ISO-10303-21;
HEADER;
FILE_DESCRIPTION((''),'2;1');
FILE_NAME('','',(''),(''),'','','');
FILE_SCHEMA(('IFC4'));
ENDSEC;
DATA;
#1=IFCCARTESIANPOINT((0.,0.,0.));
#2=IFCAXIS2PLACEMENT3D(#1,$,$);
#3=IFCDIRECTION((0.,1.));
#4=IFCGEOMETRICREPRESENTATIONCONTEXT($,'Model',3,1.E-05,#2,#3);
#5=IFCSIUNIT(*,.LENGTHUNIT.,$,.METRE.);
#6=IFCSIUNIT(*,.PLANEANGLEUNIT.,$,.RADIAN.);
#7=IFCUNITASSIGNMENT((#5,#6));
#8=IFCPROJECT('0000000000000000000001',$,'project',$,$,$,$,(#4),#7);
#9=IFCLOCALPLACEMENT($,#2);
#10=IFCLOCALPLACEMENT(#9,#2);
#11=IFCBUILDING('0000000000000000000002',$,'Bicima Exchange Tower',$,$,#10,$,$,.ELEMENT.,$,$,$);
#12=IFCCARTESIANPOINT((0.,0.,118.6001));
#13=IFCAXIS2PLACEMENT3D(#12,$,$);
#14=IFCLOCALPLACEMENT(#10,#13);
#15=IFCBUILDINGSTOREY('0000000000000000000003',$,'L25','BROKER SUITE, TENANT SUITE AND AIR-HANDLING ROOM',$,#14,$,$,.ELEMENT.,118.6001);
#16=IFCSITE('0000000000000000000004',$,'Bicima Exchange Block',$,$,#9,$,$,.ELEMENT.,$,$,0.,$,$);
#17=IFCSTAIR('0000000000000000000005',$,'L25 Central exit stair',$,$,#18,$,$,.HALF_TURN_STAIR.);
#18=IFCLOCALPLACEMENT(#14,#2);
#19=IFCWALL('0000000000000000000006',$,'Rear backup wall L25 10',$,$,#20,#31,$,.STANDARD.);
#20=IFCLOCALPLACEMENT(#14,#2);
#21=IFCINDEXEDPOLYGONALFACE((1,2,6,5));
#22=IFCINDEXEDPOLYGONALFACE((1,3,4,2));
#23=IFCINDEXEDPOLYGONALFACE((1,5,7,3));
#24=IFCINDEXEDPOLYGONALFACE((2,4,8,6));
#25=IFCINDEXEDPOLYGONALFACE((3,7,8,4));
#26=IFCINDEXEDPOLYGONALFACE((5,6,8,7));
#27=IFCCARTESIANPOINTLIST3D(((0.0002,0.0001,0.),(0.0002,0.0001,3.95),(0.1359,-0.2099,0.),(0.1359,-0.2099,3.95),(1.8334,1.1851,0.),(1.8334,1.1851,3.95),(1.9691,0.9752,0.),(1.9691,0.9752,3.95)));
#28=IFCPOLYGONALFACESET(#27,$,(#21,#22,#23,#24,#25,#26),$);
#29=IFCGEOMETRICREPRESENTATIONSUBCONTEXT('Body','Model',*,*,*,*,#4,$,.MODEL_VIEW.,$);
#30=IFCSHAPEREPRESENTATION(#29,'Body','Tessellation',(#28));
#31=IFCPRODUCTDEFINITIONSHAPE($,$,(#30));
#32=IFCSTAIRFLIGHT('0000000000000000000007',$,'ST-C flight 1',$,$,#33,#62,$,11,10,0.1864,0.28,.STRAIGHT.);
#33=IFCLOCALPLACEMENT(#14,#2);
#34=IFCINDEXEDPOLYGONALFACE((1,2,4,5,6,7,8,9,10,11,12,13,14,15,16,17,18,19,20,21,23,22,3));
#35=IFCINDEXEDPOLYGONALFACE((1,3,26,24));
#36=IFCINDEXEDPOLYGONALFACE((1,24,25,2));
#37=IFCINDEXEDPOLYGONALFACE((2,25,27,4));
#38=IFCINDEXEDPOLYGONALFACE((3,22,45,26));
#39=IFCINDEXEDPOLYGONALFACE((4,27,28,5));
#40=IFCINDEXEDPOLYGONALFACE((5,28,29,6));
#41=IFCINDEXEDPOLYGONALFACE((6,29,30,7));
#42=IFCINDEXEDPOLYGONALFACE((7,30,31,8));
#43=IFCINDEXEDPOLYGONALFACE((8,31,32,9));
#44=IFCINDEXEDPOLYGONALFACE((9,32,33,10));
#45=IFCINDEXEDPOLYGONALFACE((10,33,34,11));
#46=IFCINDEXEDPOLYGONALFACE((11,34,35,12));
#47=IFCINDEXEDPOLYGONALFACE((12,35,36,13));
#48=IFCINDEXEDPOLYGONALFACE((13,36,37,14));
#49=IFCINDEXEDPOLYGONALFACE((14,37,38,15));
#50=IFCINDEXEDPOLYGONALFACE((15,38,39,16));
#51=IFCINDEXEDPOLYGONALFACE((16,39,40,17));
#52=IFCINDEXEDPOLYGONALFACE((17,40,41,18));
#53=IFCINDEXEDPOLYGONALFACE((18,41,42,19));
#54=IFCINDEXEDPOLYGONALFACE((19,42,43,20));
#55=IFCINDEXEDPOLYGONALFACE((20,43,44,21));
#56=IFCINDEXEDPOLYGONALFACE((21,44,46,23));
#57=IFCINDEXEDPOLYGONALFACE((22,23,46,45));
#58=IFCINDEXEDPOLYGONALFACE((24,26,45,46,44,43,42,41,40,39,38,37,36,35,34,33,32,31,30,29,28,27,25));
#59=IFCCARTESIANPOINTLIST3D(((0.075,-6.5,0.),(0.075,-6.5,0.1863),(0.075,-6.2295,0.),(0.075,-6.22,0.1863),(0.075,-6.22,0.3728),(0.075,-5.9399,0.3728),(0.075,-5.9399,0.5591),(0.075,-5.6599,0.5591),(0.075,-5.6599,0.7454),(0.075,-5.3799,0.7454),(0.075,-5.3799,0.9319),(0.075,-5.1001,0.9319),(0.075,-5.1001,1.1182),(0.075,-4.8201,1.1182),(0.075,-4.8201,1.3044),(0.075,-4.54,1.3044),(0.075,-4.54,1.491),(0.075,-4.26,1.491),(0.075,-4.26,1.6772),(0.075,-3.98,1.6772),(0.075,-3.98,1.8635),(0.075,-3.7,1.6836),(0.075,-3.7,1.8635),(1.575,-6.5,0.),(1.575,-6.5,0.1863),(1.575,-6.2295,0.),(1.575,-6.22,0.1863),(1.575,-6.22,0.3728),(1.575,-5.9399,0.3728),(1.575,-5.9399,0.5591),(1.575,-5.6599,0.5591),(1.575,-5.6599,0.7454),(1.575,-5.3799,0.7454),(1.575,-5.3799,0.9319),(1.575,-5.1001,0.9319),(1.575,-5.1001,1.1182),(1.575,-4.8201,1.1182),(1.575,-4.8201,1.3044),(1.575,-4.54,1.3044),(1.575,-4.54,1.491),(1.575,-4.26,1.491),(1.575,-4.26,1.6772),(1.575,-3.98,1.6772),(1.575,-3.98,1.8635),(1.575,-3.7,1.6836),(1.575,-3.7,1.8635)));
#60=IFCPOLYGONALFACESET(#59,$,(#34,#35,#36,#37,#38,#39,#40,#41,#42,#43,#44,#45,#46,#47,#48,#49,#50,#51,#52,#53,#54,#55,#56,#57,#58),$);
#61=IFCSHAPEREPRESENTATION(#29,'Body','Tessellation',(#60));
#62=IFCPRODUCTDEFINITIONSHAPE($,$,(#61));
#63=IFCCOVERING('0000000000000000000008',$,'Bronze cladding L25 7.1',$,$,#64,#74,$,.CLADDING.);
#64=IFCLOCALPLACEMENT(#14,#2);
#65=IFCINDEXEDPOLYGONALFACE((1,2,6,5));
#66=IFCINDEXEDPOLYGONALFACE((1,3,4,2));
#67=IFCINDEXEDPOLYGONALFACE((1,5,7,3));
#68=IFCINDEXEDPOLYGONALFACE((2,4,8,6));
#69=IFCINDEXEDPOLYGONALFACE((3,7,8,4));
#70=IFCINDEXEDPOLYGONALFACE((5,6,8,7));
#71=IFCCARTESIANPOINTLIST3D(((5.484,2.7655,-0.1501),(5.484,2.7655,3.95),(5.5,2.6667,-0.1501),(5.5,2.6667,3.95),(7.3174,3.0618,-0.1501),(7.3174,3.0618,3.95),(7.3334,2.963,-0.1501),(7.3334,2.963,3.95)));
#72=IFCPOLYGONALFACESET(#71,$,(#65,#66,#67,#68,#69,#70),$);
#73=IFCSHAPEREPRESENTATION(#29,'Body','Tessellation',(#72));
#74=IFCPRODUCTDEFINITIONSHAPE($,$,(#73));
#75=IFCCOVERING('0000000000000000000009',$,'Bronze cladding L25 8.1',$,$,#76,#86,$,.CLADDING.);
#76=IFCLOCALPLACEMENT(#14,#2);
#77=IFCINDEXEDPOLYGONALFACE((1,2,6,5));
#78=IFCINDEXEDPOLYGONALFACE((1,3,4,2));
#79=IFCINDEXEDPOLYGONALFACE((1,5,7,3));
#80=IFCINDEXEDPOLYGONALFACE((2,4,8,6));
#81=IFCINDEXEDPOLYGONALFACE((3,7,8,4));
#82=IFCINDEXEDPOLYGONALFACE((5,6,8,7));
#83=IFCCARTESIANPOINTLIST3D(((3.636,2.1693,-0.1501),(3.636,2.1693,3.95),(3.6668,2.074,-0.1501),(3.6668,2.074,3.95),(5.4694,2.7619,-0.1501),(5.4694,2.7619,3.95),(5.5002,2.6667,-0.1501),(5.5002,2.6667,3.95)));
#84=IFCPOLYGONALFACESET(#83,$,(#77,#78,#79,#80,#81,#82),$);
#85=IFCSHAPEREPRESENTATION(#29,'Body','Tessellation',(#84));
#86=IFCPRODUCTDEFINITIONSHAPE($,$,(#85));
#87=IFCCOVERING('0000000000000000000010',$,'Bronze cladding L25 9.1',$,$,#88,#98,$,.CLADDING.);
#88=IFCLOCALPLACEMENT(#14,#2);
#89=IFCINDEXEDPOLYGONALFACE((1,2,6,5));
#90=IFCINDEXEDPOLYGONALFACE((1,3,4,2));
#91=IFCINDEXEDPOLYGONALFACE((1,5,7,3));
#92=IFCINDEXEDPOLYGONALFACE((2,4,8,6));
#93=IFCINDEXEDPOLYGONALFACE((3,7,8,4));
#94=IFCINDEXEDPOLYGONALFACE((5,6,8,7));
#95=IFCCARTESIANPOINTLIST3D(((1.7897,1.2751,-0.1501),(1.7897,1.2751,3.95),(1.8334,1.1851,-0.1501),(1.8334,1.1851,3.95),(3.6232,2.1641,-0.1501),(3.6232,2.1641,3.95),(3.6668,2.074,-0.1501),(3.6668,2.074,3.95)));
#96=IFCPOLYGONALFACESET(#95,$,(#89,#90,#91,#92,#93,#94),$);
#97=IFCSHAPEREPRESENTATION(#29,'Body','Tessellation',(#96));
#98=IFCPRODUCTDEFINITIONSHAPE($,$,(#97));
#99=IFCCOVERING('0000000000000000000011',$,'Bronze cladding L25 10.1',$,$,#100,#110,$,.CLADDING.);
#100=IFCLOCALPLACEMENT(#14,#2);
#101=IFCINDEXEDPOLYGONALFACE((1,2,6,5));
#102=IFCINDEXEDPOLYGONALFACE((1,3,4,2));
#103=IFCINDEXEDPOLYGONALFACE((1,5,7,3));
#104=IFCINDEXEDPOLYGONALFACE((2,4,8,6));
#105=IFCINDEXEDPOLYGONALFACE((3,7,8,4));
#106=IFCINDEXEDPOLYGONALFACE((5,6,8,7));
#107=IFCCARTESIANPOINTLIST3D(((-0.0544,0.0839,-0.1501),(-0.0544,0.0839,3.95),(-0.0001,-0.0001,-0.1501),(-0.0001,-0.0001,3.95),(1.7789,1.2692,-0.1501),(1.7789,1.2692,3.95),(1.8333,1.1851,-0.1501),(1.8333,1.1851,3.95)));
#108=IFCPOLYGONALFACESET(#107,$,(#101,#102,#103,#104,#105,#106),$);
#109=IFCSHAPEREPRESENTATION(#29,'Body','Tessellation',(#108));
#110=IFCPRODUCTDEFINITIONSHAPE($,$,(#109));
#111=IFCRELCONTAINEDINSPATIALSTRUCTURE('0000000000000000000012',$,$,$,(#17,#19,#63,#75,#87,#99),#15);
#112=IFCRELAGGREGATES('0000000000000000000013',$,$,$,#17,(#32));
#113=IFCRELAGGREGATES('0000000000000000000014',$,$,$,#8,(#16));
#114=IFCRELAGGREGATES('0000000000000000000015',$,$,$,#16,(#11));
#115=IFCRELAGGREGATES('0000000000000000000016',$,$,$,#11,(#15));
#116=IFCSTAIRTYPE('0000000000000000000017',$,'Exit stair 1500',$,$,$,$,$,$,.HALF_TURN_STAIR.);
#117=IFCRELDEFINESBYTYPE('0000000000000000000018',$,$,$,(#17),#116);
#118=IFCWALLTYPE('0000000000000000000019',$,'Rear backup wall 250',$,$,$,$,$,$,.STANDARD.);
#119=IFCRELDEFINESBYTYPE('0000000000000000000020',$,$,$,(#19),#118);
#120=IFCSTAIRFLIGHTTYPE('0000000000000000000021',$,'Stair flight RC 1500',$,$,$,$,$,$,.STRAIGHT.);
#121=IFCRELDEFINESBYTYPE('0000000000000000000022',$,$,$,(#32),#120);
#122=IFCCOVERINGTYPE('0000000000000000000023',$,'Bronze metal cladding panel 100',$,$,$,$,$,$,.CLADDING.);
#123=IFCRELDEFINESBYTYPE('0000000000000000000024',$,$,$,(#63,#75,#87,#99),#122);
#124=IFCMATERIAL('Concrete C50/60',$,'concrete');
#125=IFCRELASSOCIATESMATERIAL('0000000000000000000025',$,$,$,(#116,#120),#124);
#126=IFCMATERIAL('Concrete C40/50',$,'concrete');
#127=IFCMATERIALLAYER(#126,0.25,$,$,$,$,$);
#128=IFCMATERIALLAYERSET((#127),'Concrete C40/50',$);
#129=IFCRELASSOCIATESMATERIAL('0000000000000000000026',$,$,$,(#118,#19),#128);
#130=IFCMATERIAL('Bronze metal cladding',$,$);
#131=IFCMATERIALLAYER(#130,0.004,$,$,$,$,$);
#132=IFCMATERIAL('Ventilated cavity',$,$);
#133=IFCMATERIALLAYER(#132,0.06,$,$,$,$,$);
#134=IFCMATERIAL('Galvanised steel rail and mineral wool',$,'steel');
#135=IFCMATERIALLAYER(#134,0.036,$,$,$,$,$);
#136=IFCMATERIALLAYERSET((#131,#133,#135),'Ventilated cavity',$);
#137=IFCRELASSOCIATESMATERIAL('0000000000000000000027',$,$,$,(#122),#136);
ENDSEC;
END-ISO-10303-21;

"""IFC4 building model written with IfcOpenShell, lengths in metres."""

from ifc_helpers import new_model, si_unit, direction, frame, frame_2d, origin, origin_2d, place, context, subcontext, project, spatial, polyline, rectangle, outline, extrude, material, layer, layer_set, layer_usage, type_object, element, aggregate, save


model = new_model("IFC4")

# Units and contexts
model_context = context("Model", 3, precision=1e-05, world=origin(), true_north=direction((0.0, 1.0)))
body_context = subcontext(model_context, "Body", "Model", "MODEL_VIEW")
ifc_project = project(units=[si_unit("LENGTHUNIT", "METRE"), si_unit("PLANEANGLEUNIT", "RADIAN")], contexts=[model_context])

# Site, building, storey
site_placement = place(None, origin())
site = spatial("IfcSite", under=ifc_project, at=site_placement, Name="Bicima Exchange Block", CompositionType="ELEMENT", RefElevation=0.0)
building_placement = place(site_placement, origin())
building = spatial("IfcBuilding", under=site, at=building_placement, Name="Bicima Exchange Tower", CompositionType="ELEMENT")
storey_placement = place(building_placement, frame((0.0, 0.0, 118.6001)))
storey = spatial("IfcBuildingStorey", under=building, at=storey_placement, Name="L25", Description="BROKER SUITE, TENANT SUITE AND AIR-HANDLING ROOM", CompositionType="ELEMENT", Elevation=118.6001)

# Shared definitions
ifc_material_1 = material(Name="Concrete C40/50", Category="concrete")

# Stair
ifc_material_2 = material(Name="Concrete C50/60", Category="concrete")
stair_type_1 = type_object("IfcStairType", Name="Exit stair 1500", PredefinedType="HALF_TURN_STAIR", material=ifc_material_2)
stair_1_placement = place(storey_placement, origin())
stair_1 = element("IfcStair", 1, at=stair_1_placement, inside=storey, type_object=stair_type_1, Name="L25 Central exit stair", PredefinedType="HALF_TURN_STAIR")

# Wall
ifc_layer_1 = layer(ifc_material_1, 0.25)
ifc_layer_set_1 = layer_set([ifc_layer_1], Name="Concrete C40/50")
ifc_layer_usage = layer_usage(ifc_layer_set_1, "AXIS2", "POSITIVE", -0.125)
wall_type_1 = type_object("IfcWallType", Name="Rear backup wall 250", PredefinedType="STANDARD", material=ifc_layer_set_1)
wall_1_placement = place(storey_placement, frame((1.9011, 1.0801, 0.0), z_axis=(0.0, 0.0, 1.0), x_axis=(-0.839813, -0.542876, 0.0)))
element("IfcWall", 2, at=wall_1_placement, inside=storey, type_object=wall_type_1, material=ifc_layer_usage, Name="Rear backup wall L25 10", PredefinedType="STANDARD", context=body_context, shape_type="SweptSolid", body=[
    extrude(rectangle(XDim=2.1829, YDim=0.25, at=frame_2d((1.0913, 0.0))), origin(), (0.0, 0.0, 1.0), 3.95),
])

# Stair flight
stair_flight_type = type_object("IfcStairFlightType", Name="Stair flight RC 1500", PredefinedType="STRAIGHT", material=ifc_material_2)
stair_flight_placement = place(storey_placement, frame((0.825, -6.5, 0.0), z_axis=(0.0, 0.0, 1.0), x_axis=(0.0, 1.0, 0.0)))
stair_flight = element("IfcStairFlight", 3, at=stair_flight_placement, type_object=stair_flight_type, Name="ST-C flight 1", NumberOfRisers=11, NumberOfTreads=10, PredefinedType="STRAIGHT", RiserHeight=0.1864, TreadLength=0.28, context=body_context, shape_type="SweptSolid", body=[
    extrude(outline(polyline([(0.0, 0.0), (0.0, 0.1863), (0.28, 0.1863), (0.28, 0.3728), (0.5601, 0.3728), (0.5601, 0.5591), (0.8401, 0.5591), (0.8401, 0.7454), (1.1201, 0.7454), (1.1201, 0.9319), (1.3999, 0.9319), (1.3999, 1.1182), (1.6799, 1.1182), (1.6799, 1.3044), (1.96, 1.3044), (1.96, 1.491), (2.24, 1.491), (2.24, 1.6772), (2.52, 1.6772), (2.52, 1.8635), (2.8, 1.8635), (2.8, 2.05), (2.8, 1.6836), (0.2705, 0.0), (0.0, 0.0)])), frame((0.0, 0.75, 0.0), z_axis=(0.0, -1.0, 0.0), x_axis=(1.0, 0.0, 0.0)), (0.0, 0.0, 1.0), 1.5),
])
aggregate(stair_1, [stair_flight])

# Coverings
ifc_material_3 = material(Name="Bronze metal cladding")
ifc_layer_2 = layer(ifc_material_3, 0.004)
ifc_material_4 = material(Name="Ventilated cavity")
ifc_layer_3 = layer(ifc_material_4, 0.06)
ifc_material_5 = material(Name="Galvanised steel rail and mineral wool", Category="steel")
ifc_layer_4 = layer(ifc_material_5, 0.036)
ifc_layer_set_2 = layer_set([ifc_layer_2, ifc_layer_3, ifc_layer_4], Name="Ventilated cavity")
covering_type = type_object("IfcCoveringType", Name="Bronze metal cladding panel 100", PredefinedType="CLADDING", material=ifc_layer_set_2)
covering_1_placement = place(storey_placement, frame((6.4087, 2.8643, -0.1501), z_axis=(0.0, 0.0, 1.0), x_axis=(-0.98719, -0.15955, 0.0)))
element("IfcCovering", 4, at=covering_1_placement, inside=storey, type_object=covering_type, Name="Bronze cladding L25 7.1", PredefinedType="CLADDING", context=body_context, shape_type="SweptSolid", body=[
    extrude(rectangle(XDim=1.8572, YDim=0.1001, at=origin_2d()), origin(), (0.0, 0.0, 1.0), 4.1001),
])
covering_2_placement = place(storey_placement, frame((4.5681, 2.418, -0.1501), z_axis=(0.0, 0.0, 1.0), x_axis=(-0.951525, -0.307573, 0.0)))
element("IfcCovering", 5, at=covering_2_placement, inside=storey, type_object=covering_type, Name="Bronze cladding L25 8.1", PredefinedType="CLADDING", context=body_context, shape_type="SweptSolid", body=[
    extrude(rectangle(XDim=1.9268, YDim=0.1001, at=origin_2d()), origin(), (0.0, 0.0, 1.0), 4.1001),
])
covering_3_placement = place(storey_placement, frame((2.7283, 1.6746, -0.1501), z_axis=(0.0, 0.0, 1.0), x_axis=(-0.899818, -0.436265, 0.0)))
element("IfcCovering", 6, at=covering_3_placement, inside=storey, type_object=covering_type, Name="Bronze cladding L25 9.1", PredefinedType="CLADDING", context=body_context, shape_type="SweptSolid", body=[
    extrude(rectangle(XDim=2.0376, YDim=0.1001, at=origin_2d()), origin(), (0.0, 0.0, 1.0), 4.1001),
])
covering_4_placement = place(storey_placement, frame((0.8894, 0.6345, -0.1501), z_axis=(0.0, 0.0, 1.0), x_axis=(-0.83979, -0.542911, 0.0)))
element("IfcCovering", 7, at=covering_4_placement, inside=storey, type_object=covering_type, Name="Bronze cladding L25 10.1", PredefinedType="CLADDING", context=body_context, shape_type="SweptSolid", body=[
    extrude(rectangle(XDim=2.1831, YDim=0.1001, at=origin_2d()), origin(), (0.0, 0.0, 1.0), 4.1001),
])

save(model, "model.ifc")
